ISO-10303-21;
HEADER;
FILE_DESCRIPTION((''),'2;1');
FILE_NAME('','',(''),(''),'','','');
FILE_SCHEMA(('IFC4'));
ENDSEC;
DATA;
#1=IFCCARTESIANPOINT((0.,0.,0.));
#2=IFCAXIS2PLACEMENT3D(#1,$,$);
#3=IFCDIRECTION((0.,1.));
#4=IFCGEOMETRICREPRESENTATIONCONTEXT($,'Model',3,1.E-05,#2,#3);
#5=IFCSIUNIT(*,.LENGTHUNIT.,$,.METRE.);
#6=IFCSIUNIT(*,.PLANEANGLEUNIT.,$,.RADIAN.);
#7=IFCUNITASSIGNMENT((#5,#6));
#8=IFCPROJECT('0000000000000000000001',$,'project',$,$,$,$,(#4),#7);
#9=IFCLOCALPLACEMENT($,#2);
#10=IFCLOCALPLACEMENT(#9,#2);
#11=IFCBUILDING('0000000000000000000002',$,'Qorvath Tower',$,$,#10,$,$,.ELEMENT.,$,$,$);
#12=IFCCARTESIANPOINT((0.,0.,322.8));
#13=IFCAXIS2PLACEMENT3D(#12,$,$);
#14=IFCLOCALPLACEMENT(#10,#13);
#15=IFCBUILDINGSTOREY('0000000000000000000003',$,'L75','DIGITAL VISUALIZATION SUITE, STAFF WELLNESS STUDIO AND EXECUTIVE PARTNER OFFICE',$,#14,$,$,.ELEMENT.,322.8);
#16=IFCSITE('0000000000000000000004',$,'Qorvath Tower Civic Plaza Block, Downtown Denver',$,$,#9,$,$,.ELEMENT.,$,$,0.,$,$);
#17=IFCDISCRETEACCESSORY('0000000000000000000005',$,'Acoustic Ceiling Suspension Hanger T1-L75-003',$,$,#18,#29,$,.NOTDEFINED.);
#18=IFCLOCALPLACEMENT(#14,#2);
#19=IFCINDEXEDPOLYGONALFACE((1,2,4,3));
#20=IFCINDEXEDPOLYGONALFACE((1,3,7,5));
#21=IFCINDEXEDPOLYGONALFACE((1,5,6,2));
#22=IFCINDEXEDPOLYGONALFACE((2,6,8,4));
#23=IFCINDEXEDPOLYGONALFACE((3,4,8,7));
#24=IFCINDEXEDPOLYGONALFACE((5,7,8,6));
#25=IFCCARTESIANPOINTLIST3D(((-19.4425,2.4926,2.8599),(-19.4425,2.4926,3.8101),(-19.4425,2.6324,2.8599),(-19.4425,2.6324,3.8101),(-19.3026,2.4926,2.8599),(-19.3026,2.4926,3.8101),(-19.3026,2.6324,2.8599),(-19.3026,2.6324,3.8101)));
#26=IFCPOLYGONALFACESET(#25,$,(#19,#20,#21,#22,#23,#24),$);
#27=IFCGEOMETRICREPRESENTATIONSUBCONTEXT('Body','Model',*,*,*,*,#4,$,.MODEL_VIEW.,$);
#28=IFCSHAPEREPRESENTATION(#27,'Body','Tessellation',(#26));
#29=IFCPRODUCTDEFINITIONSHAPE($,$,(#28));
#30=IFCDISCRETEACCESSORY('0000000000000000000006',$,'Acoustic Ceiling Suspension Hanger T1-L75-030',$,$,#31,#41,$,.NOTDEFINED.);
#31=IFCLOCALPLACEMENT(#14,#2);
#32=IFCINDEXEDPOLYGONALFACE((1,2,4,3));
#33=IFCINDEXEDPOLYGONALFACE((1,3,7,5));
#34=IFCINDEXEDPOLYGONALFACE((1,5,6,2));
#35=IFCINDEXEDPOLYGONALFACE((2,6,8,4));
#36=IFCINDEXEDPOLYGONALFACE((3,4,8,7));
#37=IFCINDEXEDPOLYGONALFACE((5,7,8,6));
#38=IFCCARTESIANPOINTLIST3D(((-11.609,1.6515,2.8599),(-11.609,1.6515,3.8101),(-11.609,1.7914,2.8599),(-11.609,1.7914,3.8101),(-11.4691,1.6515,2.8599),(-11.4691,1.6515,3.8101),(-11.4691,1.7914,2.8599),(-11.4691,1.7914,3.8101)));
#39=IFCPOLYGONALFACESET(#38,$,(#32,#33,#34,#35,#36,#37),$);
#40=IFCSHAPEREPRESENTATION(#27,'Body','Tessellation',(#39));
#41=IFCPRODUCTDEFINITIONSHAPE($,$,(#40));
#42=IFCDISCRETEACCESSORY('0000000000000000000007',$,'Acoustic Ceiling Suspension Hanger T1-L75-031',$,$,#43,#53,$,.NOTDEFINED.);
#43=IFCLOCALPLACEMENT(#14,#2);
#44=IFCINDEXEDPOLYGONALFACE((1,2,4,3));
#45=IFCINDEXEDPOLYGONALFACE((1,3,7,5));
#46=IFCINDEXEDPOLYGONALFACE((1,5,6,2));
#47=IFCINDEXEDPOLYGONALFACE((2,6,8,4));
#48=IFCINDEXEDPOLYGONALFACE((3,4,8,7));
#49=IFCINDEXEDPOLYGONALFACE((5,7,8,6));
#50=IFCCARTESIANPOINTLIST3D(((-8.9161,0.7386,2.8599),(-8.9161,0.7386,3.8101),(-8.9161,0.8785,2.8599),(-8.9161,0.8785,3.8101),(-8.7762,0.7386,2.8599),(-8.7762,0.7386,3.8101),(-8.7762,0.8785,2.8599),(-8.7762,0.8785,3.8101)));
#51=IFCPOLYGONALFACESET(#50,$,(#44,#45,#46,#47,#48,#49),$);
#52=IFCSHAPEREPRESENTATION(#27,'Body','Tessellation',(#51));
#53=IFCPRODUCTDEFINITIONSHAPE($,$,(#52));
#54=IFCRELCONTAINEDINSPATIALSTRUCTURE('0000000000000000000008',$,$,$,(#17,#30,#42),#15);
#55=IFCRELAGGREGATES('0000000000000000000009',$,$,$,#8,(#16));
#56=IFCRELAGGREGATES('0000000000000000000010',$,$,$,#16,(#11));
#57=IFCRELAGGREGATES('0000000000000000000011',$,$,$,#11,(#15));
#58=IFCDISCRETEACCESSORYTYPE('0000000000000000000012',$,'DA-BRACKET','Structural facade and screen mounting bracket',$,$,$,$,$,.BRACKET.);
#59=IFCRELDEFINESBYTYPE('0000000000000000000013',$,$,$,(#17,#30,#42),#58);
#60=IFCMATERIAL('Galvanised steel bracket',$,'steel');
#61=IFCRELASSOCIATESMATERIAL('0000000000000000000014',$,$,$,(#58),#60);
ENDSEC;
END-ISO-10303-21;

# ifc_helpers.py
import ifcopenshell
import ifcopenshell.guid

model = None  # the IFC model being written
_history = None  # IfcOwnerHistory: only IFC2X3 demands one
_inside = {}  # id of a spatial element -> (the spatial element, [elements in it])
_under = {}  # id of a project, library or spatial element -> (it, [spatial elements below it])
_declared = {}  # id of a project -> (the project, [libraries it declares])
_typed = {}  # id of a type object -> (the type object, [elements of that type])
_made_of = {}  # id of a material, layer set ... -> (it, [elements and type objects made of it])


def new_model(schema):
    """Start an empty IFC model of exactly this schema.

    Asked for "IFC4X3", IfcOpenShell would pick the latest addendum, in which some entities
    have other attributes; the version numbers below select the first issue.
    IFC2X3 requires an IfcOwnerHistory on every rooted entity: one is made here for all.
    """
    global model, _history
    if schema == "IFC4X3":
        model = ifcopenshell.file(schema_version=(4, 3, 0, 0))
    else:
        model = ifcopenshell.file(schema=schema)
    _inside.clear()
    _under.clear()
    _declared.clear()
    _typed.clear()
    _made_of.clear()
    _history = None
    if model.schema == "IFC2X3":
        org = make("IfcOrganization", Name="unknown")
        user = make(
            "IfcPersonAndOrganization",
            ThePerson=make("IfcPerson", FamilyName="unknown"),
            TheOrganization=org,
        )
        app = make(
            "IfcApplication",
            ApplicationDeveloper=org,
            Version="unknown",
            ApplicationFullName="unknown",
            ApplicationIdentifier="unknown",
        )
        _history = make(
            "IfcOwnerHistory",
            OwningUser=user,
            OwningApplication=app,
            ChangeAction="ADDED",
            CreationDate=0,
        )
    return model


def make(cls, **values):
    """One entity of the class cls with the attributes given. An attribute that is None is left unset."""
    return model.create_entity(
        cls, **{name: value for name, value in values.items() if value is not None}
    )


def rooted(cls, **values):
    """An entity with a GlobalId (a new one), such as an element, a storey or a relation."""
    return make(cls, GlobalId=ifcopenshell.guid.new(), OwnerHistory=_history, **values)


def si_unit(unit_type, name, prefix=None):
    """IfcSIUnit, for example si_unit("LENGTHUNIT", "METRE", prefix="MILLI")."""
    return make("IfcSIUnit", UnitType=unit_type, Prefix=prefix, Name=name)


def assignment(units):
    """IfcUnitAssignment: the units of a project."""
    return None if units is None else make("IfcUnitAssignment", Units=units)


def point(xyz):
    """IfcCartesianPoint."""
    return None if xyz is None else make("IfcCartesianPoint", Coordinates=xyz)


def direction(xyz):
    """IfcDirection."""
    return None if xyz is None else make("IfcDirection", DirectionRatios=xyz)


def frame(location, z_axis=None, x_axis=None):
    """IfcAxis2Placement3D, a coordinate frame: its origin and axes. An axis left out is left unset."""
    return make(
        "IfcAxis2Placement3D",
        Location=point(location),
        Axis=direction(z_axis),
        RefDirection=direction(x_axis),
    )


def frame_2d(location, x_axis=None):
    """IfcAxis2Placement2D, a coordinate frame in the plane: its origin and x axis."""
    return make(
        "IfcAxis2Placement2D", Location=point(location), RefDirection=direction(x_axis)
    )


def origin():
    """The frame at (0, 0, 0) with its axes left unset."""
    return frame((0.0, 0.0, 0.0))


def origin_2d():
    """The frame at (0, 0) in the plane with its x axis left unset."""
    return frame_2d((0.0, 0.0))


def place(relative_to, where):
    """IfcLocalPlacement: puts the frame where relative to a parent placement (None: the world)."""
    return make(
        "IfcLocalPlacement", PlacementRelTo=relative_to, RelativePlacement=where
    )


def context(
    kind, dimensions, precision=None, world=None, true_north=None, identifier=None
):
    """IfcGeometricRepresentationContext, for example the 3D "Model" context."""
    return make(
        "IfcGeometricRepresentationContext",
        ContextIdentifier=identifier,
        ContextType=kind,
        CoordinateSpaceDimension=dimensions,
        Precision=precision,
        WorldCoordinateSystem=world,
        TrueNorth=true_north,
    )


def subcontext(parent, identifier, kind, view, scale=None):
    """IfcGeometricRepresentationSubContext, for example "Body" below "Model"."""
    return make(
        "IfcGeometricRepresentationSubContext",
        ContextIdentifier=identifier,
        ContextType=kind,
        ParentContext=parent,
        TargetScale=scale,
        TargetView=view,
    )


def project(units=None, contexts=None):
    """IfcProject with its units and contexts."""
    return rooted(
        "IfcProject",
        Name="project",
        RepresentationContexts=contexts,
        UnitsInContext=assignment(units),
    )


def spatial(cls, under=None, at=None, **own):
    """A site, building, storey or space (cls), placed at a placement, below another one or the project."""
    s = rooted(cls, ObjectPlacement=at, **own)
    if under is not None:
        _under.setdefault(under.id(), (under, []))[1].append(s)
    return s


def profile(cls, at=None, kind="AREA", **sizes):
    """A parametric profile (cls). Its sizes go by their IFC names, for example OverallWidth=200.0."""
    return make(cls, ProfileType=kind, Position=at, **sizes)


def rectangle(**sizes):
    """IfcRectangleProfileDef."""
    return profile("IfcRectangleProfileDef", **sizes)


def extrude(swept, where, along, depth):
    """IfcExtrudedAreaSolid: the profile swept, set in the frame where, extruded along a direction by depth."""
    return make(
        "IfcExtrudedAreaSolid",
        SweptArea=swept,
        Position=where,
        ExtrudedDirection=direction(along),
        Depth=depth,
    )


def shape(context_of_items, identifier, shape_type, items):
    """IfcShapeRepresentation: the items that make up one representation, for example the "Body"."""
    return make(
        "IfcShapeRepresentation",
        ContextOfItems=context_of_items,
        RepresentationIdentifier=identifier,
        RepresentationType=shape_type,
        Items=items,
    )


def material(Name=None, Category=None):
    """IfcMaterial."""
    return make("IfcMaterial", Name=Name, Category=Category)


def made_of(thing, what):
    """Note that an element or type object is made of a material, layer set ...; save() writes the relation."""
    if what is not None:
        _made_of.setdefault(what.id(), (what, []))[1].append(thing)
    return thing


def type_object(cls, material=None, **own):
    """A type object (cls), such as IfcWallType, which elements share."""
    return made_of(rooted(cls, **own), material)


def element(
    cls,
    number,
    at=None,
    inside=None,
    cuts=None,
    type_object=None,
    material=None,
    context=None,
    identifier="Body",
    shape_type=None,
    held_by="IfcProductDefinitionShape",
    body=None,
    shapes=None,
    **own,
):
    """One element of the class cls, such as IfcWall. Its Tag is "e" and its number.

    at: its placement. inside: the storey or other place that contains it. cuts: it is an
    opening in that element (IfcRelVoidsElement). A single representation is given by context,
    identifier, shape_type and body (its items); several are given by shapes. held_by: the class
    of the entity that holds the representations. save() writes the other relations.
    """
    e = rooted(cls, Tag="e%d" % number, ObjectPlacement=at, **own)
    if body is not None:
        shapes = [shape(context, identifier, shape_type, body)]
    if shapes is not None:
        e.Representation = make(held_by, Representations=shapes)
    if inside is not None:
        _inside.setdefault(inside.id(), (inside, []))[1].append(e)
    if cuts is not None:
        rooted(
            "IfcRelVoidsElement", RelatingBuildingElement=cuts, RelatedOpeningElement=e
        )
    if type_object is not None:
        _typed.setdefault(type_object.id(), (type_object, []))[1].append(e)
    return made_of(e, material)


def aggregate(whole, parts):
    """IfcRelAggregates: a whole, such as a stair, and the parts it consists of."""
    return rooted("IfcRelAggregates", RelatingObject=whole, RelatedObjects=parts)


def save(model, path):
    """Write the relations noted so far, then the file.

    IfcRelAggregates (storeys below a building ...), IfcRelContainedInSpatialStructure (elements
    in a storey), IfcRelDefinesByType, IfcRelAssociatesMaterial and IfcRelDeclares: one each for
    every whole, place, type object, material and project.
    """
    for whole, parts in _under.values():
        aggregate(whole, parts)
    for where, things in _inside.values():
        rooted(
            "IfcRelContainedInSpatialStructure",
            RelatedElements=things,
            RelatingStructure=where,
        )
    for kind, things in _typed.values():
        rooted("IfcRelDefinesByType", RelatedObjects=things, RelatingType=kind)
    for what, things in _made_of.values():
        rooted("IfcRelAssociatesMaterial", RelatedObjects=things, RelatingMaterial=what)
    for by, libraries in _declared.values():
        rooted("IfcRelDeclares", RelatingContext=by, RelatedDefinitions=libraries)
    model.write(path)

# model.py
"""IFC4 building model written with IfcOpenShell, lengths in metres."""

from ifc_helpers import new_model, si_unit, direction, frame, origin, origin_2d, place, context, subcontext, project, spatial, rectangle, extrude, material, type_object, element, save


model = new_model("IFC4")

# Units and contexts
model_context = context("Model", 3, precision=1e-05, world=origin(), true_north=direction((0.0, 1.0)))
body_context = subcontext(model_context, "Body", "Model", "MODEL_VIEW")
ifc_project = project(units=[si_unit("LENGTHUNIT", "METRE"), si_unit("PLANEANGLEUNIT", "RADIAN")], contexts=[model_context])

# Site, building, storey
site_placement = place(None, origin())
site = spatial("IfcSite", under=ifc_project, at=site_placement, Name="Qorvath Tower Civic Plaza Block, Downtown Denver", CompositionType="ELEMENT", RefElevation=0.0)
building_placement = place(site_placement, origin())
building = spatial("IfcBuilding", under=site, at=building_placement, Name="Qorvath Tower", CompositionType="ELEMENT")
storey_placement = place(building_placement, frame((0.0, 0.0, 322.8)))
storey = spatial("IfcBuildingStorey", under=building, at=storey_placement, Name="L75", Description="DIGITAL VISUALIZATION SUITE, STAFF WELLNESS STUDIO AND EXECUTIVE PARTNER OFFICE", CompositionType="ELEMENT", Elevation=322.8)

# Discrete accessories
ifc_material_1 = material(Name="Galvanised steel bracket", Category="steel")
discrete_accessory_type = type_object("IfcDiscreteAccessoryType", Name="DA-BRACKET", Description="Structural facade and screen mounting bracket", PredefinedType="BRACKET", material=ifc_material_1)
for number, where, z_axis, x_axis, name in (
    (1, (-19.3726, 2.5625, 2.8599), (0.0, 0.0, 1.0), (1.0, 0.0, 0.0), "Acoustic Ceiling Suspension Hanger T1-L75-003"),
    (2, (-11.5391, 1.7214, 2.8599), (0.0, 0.0, 1.0), (1.0, 0.0, 0.0), "Acoustic Ceiling Suspension Hanger T1-L75-030"),
    (3, (-8.8462, 0.8086, 2.8599), (0.0, 0.0, 1.0), (1.0, 0.0, 0.0), "Acoustic Ceiling Suspension Hanger T1-L75-031"),
):
    element("IfcDiscreteAccessory", number, at=place(storey_placement, frame(where, z_axis=z_axis, x_axis=x_axis)), inside=storey, type_object=discrete_accessory_type, Name=name, PredefinedType="NOTDEFINED", context=body_context, shape_type="SweptSolid", body=[
        extrude(rectangle(XDim=0.1399, YDim=0.1399, at=origin_2d()), origin(), (0.0, 0.0, 1.0), 0.9502),
    ])

save(model, "model.ifc")
